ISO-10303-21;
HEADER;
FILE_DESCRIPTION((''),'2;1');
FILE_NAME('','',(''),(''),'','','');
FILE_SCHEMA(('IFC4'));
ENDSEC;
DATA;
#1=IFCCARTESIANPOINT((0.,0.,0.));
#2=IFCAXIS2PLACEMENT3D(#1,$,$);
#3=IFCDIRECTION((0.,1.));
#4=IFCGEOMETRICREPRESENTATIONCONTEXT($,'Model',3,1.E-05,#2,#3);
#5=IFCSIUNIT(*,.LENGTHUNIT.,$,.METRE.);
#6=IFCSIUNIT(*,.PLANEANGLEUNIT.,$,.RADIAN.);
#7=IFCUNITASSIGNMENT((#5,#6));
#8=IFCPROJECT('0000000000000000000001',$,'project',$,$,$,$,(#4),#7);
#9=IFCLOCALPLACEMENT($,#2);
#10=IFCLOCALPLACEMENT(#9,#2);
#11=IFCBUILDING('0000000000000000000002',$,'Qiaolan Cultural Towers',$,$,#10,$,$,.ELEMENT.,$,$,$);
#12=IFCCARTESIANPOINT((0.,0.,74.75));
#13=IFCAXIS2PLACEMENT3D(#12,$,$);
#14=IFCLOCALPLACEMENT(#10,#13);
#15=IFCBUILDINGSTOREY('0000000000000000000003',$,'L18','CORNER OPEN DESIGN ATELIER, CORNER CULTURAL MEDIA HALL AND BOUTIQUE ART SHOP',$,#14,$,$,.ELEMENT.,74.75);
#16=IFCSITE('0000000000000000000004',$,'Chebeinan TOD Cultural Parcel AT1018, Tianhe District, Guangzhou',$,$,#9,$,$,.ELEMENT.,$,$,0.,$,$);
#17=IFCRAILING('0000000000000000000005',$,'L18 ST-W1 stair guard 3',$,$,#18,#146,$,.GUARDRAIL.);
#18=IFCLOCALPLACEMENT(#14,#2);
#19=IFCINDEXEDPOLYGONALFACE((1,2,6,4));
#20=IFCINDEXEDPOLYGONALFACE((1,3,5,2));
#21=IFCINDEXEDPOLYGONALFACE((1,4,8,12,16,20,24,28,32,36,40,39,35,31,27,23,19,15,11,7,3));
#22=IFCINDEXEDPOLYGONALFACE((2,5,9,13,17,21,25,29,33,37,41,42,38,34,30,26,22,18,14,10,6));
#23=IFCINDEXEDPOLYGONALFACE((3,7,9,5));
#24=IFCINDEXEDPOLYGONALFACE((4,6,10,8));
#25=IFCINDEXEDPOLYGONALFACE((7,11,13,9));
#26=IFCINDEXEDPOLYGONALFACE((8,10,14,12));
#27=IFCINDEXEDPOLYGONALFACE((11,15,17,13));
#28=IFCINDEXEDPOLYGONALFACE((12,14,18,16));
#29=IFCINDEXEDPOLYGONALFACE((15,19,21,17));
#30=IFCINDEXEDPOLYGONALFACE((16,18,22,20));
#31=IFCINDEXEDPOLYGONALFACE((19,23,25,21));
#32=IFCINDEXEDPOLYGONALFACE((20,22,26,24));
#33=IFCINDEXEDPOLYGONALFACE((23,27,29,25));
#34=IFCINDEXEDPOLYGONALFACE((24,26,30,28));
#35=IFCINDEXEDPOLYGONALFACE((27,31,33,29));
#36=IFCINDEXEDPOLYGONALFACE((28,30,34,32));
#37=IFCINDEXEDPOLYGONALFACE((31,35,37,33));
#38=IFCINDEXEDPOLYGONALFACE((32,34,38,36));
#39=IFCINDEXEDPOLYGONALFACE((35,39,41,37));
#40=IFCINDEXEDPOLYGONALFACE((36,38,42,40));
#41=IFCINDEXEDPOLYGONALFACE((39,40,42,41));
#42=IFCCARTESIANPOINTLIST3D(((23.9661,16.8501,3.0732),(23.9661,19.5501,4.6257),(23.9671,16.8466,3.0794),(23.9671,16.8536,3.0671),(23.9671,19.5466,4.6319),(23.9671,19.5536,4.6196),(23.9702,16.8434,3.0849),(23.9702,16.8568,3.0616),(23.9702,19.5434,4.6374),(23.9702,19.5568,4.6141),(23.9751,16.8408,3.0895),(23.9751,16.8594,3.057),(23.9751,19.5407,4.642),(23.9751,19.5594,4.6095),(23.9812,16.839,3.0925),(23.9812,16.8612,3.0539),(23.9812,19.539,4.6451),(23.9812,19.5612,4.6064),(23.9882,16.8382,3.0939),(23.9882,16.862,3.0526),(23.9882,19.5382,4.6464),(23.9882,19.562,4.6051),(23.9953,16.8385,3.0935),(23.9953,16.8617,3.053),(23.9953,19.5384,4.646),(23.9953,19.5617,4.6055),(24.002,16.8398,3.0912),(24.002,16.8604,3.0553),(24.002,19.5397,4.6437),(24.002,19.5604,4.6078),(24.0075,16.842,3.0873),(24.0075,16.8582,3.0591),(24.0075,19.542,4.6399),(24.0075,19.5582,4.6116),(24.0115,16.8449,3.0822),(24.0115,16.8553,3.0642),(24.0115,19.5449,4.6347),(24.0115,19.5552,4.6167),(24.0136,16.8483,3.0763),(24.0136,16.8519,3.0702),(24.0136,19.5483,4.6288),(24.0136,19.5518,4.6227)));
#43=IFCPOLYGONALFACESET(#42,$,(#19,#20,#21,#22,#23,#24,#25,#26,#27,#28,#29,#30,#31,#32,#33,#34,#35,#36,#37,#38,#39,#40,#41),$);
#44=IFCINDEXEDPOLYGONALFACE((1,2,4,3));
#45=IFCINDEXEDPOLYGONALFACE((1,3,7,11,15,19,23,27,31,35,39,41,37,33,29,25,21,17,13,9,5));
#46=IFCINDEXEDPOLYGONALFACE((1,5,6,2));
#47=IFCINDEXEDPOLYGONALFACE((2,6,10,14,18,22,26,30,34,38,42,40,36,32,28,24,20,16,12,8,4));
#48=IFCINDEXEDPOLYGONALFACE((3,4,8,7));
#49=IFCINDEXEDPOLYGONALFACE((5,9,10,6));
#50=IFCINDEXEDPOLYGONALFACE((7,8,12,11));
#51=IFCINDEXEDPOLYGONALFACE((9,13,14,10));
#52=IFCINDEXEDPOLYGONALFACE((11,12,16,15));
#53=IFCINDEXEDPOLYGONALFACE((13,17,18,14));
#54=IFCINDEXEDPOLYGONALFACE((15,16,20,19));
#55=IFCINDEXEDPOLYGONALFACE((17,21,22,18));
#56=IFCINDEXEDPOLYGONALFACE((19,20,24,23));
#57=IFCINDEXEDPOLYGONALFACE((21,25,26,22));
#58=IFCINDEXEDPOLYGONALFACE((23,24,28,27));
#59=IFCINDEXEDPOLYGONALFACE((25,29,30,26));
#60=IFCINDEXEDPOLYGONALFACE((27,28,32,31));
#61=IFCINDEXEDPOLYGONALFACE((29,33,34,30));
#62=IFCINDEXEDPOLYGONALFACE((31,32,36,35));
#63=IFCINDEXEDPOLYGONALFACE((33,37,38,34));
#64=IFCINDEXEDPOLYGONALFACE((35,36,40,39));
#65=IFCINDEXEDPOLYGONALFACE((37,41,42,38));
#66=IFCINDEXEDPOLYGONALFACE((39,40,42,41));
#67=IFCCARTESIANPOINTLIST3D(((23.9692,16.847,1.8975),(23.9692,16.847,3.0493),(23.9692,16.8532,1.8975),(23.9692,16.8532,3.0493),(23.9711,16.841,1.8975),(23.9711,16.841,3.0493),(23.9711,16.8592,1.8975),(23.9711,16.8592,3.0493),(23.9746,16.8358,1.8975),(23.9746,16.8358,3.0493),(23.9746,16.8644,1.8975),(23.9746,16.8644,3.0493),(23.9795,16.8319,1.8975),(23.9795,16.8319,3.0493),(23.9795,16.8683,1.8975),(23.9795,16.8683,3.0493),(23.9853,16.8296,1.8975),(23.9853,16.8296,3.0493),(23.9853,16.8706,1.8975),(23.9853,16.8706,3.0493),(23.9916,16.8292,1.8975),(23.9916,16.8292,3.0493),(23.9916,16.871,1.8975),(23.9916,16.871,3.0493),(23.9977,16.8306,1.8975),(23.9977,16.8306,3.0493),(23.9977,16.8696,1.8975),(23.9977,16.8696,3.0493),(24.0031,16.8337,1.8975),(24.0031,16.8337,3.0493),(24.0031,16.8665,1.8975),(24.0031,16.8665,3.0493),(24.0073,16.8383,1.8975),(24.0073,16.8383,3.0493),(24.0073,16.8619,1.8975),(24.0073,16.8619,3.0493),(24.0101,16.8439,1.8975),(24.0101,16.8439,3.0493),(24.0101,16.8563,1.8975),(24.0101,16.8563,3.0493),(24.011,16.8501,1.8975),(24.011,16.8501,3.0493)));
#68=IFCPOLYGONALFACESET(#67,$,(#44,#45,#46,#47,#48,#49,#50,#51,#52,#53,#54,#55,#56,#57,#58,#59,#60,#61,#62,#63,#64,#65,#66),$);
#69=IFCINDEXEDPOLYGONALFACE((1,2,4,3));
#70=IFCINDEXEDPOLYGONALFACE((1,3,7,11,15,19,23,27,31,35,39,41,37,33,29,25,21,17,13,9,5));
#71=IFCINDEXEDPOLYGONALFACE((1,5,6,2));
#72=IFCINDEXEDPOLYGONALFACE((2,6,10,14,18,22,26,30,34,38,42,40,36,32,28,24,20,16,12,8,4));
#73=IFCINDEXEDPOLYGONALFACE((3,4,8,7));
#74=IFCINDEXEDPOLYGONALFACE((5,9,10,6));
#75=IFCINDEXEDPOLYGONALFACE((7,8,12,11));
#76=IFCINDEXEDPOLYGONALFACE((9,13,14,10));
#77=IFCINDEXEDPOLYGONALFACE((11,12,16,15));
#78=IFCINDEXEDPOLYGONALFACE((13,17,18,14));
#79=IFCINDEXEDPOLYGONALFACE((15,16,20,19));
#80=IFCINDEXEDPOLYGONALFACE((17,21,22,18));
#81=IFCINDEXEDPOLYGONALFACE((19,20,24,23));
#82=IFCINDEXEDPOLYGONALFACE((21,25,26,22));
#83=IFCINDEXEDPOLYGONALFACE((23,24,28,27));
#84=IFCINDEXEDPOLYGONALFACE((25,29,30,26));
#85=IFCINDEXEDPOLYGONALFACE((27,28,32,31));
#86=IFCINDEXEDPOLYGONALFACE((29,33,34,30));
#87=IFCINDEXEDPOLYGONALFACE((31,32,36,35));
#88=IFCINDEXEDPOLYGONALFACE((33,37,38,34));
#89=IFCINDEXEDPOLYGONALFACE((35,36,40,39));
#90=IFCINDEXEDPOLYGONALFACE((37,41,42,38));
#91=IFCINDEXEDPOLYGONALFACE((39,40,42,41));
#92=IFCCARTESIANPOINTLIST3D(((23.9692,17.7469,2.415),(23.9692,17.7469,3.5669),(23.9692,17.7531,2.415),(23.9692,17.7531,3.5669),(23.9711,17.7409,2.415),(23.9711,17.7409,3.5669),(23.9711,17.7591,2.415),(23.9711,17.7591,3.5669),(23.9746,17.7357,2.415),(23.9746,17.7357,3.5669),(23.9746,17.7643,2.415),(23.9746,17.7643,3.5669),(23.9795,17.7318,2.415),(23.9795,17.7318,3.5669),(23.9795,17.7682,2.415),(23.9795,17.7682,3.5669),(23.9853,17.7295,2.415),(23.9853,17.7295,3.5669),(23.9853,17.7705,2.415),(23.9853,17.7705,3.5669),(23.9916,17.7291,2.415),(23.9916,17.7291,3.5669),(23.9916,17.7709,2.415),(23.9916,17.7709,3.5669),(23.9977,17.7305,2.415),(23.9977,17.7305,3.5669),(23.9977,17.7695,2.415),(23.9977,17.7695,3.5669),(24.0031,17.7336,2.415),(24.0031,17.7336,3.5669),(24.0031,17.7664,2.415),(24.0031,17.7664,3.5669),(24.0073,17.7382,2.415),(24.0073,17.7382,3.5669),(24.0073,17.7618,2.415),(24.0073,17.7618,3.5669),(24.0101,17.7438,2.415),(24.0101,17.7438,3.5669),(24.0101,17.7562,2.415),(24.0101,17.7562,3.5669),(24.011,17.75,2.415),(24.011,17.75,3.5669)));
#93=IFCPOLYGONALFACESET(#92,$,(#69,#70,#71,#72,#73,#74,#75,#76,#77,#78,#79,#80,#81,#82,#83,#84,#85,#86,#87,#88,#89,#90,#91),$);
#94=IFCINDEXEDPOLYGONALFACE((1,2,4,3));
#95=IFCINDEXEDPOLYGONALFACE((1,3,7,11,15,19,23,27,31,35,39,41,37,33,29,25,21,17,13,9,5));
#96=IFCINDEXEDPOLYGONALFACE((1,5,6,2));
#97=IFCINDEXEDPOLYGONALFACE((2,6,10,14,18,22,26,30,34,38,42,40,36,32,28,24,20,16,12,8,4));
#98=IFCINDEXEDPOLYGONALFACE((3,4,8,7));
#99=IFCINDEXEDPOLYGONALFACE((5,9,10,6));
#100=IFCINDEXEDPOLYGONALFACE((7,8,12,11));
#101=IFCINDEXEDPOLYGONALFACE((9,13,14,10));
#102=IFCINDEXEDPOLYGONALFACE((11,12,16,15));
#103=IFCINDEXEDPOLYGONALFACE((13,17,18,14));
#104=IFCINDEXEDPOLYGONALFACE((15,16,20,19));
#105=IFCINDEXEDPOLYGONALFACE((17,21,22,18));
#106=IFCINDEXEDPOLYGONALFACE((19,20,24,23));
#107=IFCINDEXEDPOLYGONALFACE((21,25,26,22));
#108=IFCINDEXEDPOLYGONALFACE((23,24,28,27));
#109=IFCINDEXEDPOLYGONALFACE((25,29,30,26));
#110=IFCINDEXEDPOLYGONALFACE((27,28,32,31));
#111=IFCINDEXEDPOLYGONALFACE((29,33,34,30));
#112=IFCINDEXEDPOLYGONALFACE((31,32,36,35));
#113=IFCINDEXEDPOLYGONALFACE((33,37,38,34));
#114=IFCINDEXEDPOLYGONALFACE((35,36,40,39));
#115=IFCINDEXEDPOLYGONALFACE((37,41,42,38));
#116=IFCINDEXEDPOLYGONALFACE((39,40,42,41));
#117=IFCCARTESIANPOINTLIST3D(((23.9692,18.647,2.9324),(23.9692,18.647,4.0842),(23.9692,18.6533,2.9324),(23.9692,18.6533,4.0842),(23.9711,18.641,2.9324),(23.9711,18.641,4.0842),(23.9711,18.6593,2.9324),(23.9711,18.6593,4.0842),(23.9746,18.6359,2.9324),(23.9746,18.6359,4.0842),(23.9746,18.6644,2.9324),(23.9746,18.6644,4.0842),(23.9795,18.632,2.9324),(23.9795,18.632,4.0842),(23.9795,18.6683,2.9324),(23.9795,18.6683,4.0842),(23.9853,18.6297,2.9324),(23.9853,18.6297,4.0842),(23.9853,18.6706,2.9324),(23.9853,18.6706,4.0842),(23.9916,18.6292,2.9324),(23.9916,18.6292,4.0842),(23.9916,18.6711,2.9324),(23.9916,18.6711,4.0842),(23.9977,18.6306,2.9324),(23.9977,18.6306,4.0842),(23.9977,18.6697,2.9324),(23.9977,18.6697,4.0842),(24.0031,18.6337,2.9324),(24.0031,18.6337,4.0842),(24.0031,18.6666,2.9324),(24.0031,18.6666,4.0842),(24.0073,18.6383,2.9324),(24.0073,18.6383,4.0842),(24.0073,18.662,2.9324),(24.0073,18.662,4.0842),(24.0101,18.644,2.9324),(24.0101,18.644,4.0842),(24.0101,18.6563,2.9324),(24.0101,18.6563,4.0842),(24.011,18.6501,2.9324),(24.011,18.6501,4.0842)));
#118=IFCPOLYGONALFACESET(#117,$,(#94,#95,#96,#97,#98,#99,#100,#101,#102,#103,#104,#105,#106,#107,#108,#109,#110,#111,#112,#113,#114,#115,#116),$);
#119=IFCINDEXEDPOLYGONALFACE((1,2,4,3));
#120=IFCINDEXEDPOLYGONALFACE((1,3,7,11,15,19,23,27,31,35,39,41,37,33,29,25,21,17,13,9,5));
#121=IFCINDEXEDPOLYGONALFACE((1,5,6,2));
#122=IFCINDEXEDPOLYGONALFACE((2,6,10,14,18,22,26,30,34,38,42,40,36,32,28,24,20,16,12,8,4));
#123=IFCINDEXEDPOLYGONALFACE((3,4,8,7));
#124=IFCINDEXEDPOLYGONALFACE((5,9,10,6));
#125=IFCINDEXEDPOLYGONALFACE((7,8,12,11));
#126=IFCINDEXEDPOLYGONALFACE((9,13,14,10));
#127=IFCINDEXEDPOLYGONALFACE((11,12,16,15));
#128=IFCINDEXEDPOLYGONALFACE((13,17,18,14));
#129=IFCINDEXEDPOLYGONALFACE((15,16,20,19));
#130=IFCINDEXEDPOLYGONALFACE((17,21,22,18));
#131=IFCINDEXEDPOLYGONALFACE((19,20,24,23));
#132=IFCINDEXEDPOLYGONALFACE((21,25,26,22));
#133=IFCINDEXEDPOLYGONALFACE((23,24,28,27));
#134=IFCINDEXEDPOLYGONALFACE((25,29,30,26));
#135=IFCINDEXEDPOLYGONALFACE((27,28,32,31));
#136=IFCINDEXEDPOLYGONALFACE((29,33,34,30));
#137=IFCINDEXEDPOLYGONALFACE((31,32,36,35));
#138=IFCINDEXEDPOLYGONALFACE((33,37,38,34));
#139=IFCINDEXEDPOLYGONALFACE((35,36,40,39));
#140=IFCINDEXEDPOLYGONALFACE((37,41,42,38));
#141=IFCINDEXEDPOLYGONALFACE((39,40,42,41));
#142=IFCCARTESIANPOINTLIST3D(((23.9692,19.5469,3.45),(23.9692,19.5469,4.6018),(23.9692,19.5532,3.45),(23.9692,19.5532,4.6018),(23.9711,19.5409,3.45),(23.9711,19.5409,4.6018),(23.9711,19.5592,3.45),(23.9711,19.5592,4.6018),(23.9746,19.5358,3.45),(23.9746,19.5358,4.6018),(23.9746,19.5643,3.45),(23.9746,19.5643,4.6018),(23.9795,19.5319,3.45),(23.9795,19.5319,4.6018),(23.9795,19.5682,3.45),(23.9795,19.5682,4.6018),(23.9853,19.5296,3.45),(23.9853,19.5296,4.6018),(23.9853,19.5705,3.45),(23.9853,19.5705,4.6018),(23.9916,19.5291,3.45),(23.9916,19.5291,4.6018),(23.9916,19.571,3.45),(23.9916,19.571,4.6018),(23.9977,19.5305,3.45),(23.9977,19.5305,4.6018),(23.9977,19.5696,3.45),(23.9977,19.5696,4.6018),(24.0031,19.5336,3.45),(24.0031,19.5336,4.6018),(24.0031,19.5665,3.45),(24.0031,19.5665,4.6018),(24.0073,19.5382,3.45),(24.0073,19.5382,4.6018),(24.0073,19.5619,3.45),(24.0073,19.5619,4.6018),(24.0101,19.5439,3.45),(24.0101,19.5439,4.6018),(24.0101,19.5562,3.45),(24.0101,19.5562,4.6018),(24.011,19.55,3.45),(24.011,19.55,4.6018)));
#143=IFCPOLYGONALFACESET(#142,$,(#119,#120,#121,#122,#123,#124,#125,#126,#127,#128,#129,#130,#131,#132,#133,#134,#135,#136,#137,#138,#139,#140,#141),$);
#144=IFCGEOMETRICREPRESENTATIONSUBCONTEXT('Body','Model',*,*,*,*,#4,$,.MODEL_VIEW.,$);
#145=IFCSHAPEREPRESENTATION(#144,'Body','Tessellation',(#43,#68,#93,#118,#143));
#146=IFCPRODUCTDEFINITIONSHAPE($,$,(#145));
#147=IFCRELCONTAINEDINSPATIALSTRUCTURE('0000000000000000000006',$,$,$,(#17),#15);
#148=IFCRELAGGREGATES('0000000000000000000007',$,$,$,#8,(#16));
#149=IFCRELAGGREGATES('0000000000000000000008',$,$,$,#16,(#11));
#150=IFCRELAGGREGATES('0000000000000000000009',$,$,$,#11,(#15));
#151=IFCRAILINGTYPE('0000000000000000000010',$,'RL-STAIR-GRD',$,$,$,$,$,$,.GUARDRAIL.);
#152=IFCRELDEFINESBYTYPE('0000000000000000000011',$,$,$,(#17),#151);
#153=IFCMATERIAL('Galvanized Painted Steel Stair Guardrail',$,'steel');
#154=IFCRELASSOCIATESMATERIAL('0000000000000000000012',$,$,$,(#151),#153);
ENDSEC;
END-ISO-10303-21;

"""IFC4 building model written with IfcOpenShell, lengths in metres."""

from ifc_helpers import new_model, si_unit, direction, frame, origin, origin_2d, place, context, subcontext, project, spatial, circle, extrude, material, type_object, element, save


model = new_model("IFC4")

# Units and contexts
model_context = context("Model", 3, precision=1e-05, world=origin(), true_north=direction((0.0, 1.0)))
body_context = subcontext(model_context, "Body", "Model", "MODEL_VIEW")
ifc_project = project(units=[si_unit("LENGTHUNIT", "METRE"), si_unit("PLANEANGLEUNIT", "RADIAN")], contexts=[model_context])

# Site, building, storey
site_placement = place(None, origin())
site = spatial("IfcSite", under=ifc_project, at=site_placement, Name="Chebeinan TOD Cultural Parcel AT1018, Tianhe District, Guangzhou", CompositionType="ELEMENT", RefElevation=0.0)
building_placement = place(site_placement, origin())
building = spatial("IfcBuilding", under=site, at=building_placement, Name="Qiaolan Cultural Towers", CompositionType="ELEMENT")
storey_placement = place(building_placement, frame((0.0, 0.0, 74.75)))
storey = spatial("IfcBuildingStorey", under=building, at=storey_placement, Name="L18", Description="CORNER OPEN DESIGN ATELIER, CORNER CULTURAL MEDIA HALL AND BOUTIQUE ART SHOP", CompositionType="ELEMENT", Elevation=74.75)

# Railing
ifc_material_1 = material(Name="Galvanized Painted Steel Stair Guardrail", Category="steel")
railing_type_1 = type_object("IfcRailingType", Name="RL-STAIR-GRD", PredefinedType="GUARDRAIL", material=ifc_material_1)
railing_1_placement = place(storey_placement, frame((23.99, 16.8501, 1.8975)))
element("IfcRailing", 1, at=railing_1_placement, inside=storey, type_object=railing_type_1, Name="L18 ST-W1 stair guard 3", PredefinedType="GUARDRAIL", context=body_context, shape_type="SweptSolid", body=[
    extrude(circle(Radius=0.0239, at=origin_2d()), frame((0.0, 0.0, 1.1758), z_axis=(0.0, 0.866904, 0.498476), x_axis=(-1.0, 0.0, 0.0)), (0.0, 0.0, 1.0), 3.1145),
    extrude(circle(Radius=0.021, at=origin_2d()), origin(), (0.0, 0.0, 1.0), 1.1519),
    extrude(circle(Radius=0.021, at=origin_2d()), frame((0.0, 0.8999, 0.5176)), (0.0, 0.0, 1.0), 1.1519),
    extrude(circle(Radius=0.021, at=origin_2d()), frame((0.0, 1.8, 1.0349)), (0.0, 0.0, 1.0), 1.1519),
    extrude(circle(Radius=0.021, at=origin_2d()), frame((0.0, 2.7, 1.5525)), (0.0, 0.0, 1.0), 1.1519),
])

save(model, "model.ifc")
